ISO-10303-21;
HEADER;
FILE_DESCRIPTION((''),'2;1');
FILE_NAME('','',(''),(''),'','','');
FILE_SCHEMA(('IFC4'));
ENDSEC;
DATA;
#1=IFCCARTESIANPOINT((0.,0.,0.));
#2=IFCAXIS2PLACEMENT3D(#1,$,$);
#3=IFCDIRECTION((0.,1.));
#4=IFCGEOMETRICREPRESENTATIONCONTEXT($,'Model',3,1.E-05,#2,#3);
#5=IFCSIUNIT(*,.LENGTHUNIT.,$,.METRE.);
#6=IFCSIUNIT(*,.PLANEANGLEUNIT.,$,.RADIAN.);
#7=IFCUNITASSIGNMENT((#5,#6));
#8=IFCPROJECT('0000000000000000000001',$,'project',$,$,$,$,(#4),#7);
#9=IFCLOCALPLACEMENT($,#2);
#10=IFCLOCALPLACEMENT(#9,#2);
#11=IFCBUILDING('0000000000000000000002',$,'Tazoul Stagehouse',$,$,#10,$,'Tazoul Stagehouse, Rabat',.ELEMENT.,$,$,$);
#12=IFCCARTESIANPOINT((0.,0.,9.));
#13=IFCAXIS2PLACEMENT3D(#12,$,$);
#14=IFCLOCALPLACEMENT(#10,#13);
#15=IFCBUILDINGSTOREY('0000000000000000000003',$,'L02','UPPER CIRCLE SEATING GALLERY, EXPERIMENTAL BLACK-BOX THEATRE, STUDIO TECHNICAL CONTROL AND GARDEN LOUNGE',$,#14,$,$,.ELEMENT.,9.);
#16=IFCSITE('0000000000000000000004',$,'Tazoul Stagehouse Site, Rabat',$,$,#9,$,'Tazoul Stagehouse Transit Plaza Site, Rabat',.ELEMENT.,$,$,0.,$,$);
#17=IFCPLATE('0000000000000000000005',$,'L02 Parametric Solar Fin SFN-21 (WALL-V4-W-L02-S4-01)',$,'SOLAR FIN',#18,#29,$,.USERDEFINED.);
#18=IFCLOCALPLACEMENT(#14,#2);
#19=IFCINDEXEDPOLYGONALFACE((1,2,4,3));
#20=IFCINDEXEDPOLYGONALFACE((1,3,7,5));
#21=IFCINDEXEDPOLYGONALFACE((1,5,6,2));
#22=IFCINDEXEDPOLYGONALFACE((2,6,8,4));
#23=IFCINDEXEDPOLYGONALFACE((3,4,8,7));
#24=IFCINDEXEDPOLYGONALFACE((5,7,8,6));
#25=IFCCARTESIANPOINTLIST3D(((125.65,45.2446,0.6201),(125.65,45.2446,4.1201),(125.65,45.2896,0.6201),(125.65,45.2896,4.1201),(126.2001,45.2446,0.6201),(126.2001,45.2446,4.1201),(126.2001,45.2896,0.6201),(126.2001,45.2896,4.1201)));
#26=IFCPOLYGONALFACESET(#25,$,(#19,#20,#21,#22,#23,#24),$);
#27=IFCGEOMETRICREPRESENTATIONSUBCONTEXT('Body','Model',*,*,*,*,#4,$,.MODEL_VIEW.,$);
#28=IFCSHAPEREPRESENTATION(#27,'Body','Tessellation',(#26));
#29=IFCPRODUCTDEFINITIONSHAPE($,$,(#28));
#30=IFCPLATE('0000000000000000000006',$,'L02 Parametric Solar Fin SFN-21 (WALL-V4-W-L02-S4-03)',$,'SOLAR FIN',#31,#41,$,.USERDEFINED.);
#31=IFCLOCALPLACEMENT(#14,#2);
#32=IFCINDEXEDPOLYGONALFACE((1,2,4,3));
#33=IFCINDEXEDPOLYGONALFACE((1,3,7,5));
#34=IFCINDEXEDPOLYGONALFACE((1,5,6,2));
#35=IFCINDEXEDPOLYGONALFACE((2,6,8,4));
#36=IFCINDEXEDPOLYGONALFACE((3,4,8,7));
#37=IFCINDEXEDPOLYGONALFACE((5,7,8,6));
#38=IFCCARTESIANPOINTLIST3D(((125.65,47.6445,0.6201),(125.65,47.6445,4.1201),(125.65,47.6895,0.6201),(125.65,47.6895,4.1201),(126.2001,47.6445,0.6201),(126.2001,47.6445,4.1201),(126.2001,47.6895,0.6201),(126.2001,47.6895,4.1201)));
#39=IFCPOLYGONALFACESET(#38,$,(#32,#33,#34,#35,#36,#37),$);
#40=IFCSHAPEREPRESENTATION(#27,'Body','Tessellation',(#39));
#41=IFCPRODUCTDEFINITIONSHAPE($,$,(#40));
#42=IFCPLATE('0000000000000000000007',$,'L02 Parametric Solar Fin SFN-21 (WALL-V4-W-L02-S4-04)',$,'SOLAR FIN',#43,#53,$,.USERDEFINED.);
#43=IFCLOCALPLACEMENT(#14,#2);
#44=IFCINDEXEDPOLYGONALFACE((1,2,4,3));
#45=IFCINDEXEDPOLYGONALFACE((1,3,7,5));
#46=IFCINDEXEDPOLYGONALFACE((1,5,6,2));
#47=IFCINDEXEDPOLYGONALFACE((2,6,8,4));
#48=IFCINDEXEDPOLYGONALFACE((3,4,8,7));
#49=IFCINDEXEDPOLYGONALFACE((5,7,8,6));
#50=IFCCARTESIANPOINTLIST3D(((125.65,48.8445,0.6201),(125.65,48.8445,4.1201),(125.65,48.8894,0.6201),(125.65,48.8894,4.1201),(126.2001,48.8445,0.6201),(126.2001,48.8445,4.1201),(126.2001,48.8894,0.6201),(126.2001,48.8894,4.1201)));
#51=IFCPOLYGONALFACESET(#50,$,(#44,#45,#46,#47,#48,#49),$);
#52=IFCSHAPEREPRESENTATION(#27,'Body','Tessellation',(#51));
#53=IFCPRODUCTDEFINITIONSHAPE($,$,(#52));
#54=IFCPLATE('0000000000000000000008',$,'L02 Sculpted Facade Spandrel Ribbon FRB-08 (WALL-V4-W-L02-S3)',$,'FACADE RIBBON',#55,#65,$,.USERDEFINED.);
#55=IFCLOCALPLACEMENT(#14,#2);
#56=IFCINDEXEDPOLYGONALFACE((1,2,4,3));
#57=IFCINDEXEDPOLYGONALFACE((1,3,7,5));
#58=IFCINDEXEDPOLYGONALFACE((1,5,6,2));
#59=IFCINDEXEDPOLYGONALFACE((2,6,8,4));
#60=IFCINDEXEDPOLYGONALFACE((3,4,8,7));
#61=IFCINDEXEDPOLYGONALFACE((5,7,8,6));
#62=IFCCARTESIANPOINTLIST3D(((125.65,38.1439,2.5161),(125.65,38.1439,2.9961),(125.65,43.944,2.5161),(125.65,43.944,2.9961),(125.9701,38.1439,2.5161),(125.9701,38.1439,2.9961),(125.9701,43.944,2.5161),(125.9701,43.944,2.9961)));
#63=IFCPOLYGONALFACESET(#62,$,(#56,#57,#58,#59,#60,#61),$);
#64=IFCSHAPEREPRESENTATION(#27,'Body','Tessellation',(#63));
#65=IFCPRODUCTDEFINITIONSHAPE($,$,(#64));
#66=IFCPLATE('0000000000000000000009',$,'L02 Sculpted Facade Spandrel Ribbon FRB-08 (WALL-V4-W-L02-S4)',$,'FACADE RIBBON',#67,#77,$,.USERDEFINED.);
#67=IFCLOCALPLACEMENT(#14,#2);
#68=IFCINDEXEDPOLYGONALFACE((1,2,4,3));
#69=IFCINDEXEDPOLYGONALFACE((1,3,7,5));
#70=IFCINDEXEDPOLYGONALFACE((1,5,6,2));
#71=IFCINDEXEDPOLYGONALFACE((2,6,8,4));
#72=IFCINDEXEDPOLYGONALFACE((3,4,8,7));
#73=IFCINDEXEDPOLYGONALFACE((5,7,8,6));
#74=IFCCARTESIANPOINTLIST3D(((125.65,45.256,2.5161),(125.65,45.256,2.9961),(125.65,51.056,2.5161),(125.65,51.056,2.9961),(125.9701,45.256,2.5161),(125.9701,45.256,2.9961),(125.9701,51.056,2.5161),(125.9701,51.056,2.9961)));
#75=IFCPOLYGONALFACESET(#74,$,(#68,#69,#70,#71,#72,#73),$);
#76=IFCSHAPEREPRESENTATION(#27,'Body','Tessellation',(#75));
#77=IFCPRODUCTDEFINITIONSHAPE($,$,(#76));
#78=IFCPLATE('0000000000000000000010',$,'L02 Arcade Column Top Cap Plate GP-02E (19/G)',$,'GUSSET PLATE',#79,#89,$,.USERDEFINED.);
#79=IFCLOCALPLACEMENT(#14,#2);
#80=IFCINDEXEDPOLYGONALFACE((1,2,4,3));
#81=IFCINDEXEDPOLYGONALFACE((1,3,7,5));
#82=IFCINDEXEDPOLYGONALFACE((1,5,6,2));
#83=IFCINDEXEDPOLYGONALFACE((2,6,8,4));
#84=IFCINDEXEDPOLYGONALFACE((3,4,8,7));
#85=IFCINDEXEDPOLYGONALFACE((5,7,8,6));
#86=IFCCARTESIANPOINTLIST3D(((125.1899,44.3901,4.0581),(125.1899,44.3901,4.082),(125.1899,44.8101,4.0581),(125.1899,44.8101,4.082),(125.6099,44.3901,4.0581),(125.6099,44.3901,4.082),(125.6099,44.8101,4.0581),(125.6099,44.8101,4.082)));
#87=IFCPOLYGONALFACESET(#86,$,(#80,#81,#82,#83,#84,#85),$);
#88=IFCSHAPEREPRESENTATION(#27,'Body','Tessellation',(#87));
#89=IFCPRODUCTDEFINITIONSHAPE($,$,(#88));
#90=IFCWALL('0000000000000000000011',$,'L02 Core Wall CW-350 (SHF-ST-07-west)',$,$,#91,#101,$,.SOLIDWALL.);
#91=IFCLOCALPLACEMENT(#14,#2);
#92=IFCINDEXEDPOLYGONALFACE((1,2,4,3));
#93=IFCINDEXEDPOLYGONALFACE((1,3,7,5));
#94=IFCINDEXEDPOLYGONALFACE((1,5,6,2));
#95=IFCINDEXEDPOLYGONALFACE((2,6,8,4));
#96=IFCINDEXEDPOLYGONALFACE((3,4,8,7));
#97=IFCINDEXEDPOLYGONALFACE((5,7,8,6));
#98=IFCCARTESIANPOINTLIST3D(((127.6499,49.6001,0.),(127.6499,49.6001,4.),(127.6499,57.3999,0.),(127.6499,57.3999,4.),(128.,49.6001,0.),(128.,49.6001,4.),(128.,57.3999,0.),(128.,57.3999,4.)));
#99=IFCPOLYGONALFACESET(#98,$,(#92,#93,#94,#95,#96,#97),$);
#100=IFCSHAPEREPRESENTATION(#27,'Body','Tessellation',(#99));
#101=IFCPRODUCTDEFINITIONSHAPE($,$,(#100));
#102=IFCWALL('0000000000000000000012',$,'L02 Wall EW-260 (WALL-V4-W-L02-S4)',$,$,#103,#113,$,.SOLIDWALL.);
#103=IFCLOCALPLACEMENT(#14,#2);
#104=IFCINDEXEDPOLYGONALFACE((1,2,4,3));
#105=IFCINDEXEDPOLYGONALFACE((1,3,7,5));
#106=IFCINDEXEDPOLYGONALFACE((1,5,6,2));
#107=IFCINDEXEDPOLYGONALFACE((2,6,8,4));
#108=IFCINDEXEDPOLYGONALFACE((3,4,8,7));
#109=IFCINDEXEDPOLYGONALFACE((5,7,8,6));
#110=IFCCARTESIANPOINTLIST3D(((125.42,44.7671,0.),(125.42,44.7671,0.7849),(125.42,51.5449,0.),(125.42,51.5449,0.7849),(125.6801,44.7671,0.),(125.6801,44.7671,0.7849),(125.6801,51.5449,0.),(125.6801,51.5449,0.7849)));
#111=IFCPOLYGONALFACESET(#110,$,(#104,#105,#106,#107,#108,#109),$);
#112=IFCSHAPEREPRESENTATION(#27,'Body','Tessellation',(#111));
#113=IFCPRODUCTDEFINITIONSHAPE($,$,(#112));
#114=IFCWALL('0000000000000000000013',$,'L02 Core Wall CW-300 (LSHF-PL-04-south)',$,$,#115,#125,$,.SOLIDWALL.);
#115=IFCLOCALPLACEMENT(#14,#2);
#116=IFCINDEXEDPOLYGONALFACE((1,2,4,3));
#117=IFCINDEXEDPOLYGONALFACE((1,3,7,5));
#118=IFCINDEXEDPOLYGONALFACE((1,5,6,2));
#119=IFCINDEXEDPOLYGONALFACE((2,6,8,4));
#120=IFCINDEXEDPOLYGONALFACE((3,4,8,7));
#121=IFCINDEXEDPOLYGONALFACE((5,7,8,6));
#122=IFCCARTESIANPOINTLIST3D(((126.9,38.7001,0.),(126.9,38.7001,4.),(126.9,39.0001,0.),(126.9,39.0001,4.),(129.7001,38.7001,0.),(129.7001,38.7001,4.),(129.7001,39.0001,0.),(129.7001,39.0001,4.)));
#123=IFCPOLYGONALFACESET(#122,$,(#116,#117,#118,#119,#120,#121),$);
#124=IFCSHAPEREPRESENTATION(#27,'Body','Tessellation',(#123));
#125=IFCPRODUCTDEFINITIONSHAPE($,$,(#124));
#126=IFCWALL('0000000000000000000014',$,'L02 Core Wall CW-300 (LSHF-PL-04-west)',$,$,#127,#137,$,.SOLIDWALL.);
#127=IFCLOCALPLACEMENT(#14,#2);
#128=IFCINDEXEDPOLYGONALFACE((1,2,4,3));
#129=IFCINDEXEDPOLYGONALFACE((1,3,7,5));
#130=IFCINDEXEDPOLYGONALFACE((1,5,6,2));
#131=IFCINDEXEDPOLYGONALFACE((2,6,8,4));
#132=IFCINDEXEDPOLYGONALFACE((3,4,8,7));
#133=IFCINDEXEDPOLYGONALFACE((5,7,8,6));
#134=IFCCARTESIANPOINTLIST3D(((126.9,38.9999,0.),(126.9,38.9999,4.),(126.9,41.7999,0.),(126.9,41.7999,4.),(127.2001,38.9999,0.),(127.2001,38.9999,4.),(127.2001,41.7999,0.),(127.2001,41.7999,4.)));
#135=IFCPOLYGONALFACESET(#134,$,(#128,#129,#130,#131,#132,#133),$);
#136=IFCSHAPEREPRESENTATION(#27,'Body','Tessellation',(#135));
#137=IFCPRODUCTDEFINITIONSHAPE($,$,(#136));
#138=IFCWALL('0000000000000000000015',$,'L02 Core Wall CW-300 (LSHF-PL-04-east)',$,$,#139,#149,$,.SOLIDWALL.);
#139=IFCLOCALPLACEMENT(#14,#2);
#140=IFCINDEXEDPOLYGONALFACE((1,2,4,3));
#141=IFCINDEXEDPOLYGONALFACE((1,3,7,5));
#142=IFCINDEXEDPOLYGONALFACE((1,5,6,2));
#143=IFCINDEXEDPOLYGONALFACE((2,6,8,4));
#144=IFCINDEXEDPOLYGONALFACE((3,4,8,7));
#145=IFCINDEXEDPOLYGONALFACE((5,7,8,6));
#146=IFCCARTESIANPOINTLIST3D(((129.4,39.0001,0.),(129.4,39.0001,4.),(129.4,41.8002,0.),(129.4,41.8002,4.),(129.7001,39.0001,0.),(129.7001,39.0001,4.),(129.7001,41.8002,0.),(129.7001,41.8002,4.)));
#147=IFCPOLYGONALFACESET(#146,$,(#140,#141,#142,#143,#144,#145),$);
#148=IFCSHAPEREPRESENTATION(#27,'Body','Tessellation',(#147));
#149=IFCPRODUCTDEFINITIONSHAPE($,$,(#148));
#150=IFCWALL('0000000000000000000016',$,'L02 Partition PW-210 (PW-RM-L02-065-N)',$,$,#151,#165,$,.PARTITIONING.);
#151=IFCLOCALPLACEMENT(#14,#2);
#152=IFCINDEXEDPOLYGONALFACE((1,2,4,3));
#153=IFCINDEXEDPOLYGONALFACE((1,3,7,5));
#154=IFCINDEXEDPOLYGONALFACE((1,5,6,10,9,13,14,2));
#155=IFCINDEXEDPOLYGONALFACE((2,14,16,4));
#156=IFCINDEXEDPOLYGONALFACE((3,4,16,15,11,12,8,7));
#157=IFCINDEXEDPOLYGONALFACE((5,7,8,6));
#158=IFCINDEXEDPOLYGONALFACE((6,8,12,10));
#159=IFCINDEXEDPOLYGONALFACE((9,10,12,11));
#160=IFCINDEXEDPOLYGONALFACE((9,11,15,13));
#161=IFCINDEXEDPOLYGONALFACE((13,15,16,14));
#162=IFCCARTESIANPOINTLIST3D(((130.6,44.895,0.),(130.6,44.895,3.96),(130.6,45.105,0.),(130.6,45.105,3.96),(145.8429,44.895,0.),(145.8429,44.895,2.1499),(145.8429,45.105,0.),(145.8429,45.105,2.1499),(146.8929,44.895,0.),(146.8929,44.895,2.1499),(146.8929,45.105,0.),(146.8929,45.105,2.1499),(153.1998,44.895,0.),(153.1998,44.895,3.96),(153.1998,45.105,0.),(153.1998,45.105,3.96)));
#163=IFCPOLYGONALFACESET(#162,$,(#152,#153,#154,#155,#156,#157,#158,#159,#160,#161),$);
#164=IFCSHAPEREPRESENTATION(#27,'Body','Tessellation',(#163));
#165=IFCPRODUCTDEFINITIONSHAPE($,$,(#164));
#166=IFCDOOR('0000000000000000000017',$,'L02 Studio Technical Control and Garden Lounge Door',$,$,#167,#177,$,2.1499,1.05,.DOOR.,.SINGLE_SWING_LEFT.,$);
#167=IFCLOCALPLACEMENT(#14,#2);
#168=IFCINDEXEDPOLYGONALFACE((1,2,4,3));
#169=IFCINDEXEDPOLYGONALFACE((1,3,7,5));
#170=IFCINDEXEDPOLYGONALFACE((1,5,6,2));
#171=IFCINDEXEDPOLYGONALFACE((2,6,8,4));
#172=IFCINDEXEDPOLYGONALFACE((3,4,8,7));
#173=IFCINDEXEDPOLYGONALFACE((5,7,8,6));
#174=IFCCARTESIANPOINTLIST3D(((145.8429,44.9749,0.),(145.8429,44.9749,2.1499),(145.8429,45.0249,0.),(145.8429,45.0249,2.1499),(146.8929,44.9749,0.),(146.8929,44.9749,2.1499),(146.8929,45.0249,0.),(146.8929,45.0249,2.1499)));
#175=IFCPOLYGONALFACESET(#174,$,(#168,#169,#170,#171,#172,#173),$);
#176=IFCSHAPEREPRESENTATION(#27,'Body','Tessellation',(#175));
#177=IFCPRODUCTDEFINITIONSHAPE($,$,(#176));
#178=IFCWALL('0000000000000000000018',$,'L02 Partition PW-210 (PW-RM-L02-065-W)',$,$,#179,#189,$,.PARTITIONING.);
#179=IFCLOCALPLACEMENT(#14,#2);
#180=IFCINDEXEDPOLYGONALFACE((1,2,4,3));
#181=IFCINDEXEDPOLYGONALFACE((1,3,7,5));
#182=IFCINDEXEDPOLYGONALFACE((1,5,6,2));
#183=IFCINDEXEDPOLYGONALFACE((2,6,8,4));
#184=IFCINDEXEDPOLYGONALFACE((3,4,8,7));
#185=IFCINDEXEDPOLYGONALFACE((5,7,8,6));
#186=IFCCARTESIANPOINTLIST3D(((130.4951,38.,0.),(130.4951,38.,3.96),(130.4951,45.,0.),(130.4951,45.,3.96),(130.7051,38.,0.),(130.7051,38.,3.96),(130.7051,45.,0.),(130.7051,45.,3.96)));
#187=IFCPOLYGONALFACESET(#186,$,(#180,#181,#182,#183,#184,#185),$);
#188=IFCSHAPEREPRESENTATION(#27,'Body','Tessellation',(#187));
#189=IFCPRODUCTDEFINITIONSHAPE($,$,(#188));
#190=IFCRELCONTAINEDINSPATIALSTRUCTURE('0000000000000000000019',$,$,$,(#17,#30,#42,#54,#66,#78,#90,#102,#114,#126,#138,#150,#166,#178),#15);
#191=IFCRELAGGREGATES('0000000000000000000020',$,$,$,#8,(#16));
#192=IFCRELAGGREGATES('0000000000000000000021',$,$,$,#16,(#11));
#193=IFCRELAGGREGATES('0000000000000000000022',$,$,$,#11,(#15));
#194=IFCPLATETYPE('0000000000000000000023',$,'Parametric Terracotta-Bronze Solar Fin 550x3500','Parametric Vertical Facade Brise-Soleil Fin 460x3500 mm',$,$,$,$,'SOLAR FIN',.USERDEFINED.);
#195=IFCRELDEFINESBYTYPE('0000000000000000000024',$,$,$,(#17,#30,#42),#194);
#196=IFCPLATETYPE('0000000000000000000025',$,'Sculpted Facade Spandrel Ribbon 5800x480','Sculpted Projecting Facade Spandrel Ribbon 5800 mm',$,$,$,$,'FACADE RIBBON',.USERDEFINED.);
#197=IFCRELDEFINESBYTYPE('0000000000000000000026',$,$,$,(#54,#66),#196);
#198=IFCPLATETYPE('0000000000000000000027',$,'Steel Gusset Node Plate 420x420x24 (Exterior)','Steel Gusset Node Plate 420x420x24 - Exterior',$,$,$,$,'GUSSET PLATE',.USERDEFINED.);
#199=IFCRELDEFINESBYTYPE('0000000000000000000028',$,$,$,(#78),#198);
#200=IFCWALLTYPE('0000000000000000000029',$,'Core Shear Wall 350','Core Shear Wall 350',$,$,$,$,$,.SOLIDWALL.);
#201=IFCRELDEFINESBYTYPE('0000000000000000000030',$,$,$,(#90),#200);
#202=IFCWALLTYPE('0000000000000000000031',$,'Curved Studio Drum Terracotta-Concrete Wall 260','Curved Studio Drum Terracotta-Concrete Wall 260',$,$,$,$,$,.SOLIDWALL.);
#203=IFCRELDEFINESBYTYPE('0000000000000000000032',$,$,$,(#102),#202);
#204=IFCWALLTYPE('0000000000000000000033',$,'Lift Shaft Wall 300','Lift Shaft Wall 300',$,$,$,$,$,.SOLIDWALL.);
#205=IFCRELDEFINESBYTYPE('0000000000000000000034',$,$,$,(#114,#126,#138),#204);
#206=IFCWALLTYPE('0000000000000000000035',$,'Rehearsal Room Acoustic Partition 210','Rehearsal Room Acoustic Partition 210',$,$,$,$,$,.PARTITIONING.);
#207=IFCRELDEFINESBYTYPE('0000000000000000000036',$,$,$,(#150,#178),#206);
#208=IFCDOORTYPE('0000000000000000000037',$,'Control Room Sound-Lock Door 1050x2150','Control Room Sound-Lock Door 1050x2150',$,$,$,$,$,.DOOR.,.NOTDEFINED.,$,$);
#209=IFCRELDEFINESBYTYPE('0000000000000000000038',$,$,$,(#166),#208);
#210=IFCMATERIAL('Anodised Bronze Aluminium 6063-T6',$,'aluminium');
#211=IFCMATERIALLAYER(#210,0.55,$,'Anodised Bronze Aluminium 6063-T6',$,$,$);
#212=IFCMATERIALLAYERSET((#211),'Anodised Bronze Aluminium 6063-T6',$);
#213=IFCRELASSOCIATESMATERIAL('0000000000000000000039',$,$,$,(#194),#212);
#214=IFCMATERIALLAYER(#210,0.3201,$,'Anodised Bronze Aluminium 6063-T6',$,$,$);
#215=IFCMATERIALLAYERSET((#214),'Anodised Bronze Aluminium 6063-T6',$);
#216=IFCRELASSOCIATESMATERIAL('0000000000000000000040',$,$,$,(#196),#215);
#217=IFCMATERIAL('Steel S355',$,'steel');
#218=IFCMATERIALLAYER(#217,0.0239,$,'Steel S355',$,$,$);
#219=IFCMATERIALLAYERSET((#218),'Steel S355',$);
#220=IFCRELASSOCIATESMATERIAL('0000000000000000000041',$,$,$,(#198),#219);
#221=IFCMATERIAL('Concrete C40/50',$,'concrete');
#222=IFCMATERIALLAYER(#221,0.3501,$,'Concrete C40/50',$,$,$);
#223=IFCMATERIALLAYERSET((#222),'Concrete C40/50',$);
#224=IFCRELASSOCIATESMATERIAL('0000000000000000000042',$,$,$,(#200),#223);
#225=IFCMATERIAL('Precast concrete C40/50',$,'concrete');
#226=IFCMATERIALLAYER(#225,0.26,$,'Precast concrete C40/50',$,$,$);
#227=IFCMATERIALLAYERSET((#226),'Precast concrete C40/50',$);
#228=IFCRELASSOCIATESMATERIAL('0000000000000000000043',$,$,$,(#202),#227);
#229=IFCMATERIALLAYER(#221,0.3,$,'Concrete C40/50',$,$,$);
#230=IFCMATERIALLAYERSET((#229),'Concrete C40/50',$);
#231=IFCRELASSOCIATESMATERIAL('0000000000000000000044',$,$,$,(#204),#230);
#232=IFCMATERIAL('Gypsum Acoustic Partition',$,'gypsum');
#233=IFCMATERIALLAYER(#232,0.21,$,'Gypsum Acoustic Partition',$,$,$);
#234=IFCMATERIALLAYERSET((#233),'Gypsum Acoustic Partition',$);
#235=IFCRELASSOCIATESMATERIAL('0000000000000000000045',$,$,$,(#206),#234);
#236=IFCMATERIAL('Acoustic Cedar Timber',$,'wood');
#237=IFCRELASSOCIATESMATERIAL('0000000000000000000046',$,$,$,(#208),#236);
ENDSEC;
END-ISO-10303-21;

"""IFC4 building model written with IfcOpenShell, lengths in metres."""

from ifc_helpers import new_model, si_unit, direction, frame, frame_2d, origin, origin_2d, place, context, subcontext, project, spatial, rectangle, extrude, material, layer, layer_set, type_object, element, fill, save


model = new_model("IFC4")

# Units and contexts
model_context = context("Model", 3, precision=1e-05, world=origin(), true_north=direction((0.0, 1.0)))
body_context = subcontext(model_context, "Body", "Model", "MODEL_VIEW")
ifc_project = project(units=[si_unit("LENGTHUNIT", "METRE"), si_unit("PLANEANGLEUNIT", "RADIAN")], contexts=[model_context])

# Site, building, storey
site_placement = place(None, origin())
site = spatial("IfcSite", under=ifc_project, at=site_placement, Name="Tazoul Stagehouse Site, Rabat", LongName="Tazoul Stagehouse Transit Plaza Site, Rabat", CompositionType="ELEMENT", RefElevation=0.0)
building_placement = place(site_placement, origin())
building = spatial("IfcBuilding", under=site, at=building_placement, Name="Tazoul Stagehouse", LongName="Tazoul Stagehouse, Rabat", CompositionType="ELEMENT")
storey_placement = place(building_placement, frame((0.0, 0.0, 9.0)))
storey = spatial("IfcBuildingStorey", under=building, at=storey_placement, Name="L02", Description="UPPER CIRCLE SEATING GALLERY, EXPERIMENTAL BLACK-BOX THEATRE, STUDIO TECHNICAL CONTROL AND GARDEN LOUNGE", CompositionType="ELEMENT", Elevation=9.0)

# Shared definitions
ifc_material_1 = material(Name="Concrete C40/50", Category="concrete")
ifc_material_2 = material(Name="Steel S355", Category="steel")

# Plates
ifc_material_3 = material(Name="Anodised Bronze Aluminium 6063-T6", Category="aluminium")
ifc_layer_1 = layer(ifc_material_3, 0.55, Name="Anodised Bronze Aluminium 6063-T6")
ifc_layer_set_1 = layer_set([ifc_layer_1], Name="Anodised Bronze Aluminium 6063-T6")
plate_type_1 = type_object("IfcPlateType", Name="Parametric Terracotta-Bronze Solar Fin 550x3500", Description="Parametric Vertical Facade Brise-Soleil Fin 460x3500 mm", ElementType="SOLAR FIN", PredefinedType="USERDEFINED", material=ifc_layer_set_1)
for number, where, z_axis, x_axis, name in (
    (1, (125.925, 45.2671, 0.6201), (0.0, 0.0, 1.0), (0.0, 1.0, 0.0), "L02 Parametric Solar Fin SFN-21 (WALL-V4-W-L02-S4-01)"),
    (2, (125.925, 47.667, 0.6201), (0.0, 0.0, 1.0), (0.0, 1.0, 0.0), "L02 Parametric Solar Fin SFN-21 (WALL-V4-W-L02-S4-03)"),
    (3, (125.925, 48.8669, 0.6201), (0.0, 0.0, 1.0), (0.0, 1.0, 0.0), "L02 Parametric Solar Fin SFN-21 (WALL-V4-W-L02-S4-04)"),
):
    element("IfcPlate", number, at=place(storey_placement, frame(where, z_axis=z_axis, x_axis=x_axis)), inside=storey, type_object=plate_type_1, Name=name, ObjectType="SOLAR FIN", PredefinedType="USERDEFINED", context=body_context, shape_type="SweptSolid", body=[
        extrude(rectangle(XDim=0.0449, YDim=0.55, at=origin_2d()), origin(), (0.0, 0.0, 1.0), 3.5),
    ])
ifc_layer_2 = layer(ifc_material_3, 0.3201, Name="Anodised Bronze Aluminium 6063-T6")
ifc_layer_set_2 = layer_set([ifc_layer_2], Name="Anodised Bronze Aluminium 6063-T6")
plate_type_2 = type_object("IfcPlateType", Name="Sculpted Facade Spandrel Ribbon 5800x480", Description="Sculpted Projecting Facade Spandrel Ribbon 5800 mm", ElementType="FACADE RIBBON", PredefinedType="USERDEFINED", material=ifc_layer_set_2)
for number, where, z_axis, x_axis, name in (
    (4, (125.8101, 41.0439, 2.5161), (0.0, 0.0, 1.0), (0.0, 1.0, 0.0), "L02 Sculpted Facade Spandrel Ribbon FRB-08 (WALL-V4-W-L02-S3)"),
    (5, (125.8101, 48.156, 2.5161), (0.0, 0.0, 1.0), (0.0, 1.0, 0.0), "L02 Sculpted Facade Spandrel Ribbon FRB-08 (WALL-V4-W-L02-S4)"),
):
    element("IfcPlate", number, at=place(storey_placement, frame(where, z_axis=z_axis, x_axis=x_axis)), inside=storey, type_object=plate_type_2, Name=name, ObjectType="FACADE RIBBON", PredefinedType="USERDEFINED", context=body_context, shape_type="SweptSolid", body=[
        extrude(rectangle(XDim=5.8, YDim=0.3201, at=origin_2d()), origin(), (0.0, 0.0, 1.0), 0.48),
    ])
ifc_layer_3 = layer(ifc_material_2, 0.0239, Name="Steel S355")
ifc_layer_set_3 = layer_set([ifc_layer_3], Name="Steel S355")
plate_type_3 = type_object("IfcPlateType", Name="Steel Gusset Node Plate 420x420x24 (Exterior)", Description="Steel Gusset Node Plate 420x420x24 - Exterior", ElementType="GUSSET PLATE", PredefinedType="USERDEFINED", material=ifc_layer_set_3)
plate_placement = place(storey_placement, frame((125.3999, 44.6001, 4.0581), z_axis=(0.0, 0.0, 1.0), x_axis=(1.0, 0.0, 0.0)))
element("IfcPlate", 6, at=plate_placement, inside=storey, type_object=plate_type_3, Name="L02 Arcade Column Top Cap Plate GP-02E (19/G)", ObjectType="GUSSET PLATE", PredefinedType="USERDEFINED", context=body_context, shape_type="SweptSolid", body=[
    extrude(rectangle(XDim=0.4199, YDim=0.4199, at=origin_2d()), origin(), (0.0, 0.0, 1.0), 0.0239),
])

# Shared definitions
ifc_layer_4 = layer(ifc_material_1, 0.3501, Name="Concrete C40/50")
ifc_layer_set_4 = layer_set([ifc_layer_4], Name="Concrete C40/50")
wall_type_1 = type_object("IfcWallType", Name="Core Shear Wall 350", Description="Core Shear Wall 350", PredefinedType="SOLIDWALL", material=ifc_layer_set_4)

# Walls
wall_1_placement = place(storey_placement, frame((127.825, 49.6001, 0.0), z_axis=(0.0, 0.0, 1.0), x_axis=(0.0, 1.0, 0.0)))
element("IfcWall", 7, at=wall_1_placement, inside=storey, type_object=wall_type_1, Name="L02 Core Wall CW-350 (SHF-ST-07-west)", PredefinedType="SOLIDWALL", context=body_context, shape_type="SweptSolid", body=[
    extrude(rectangle(XDim=7.7998, YDim=0.3501, at=frame_2d((3.8999, 0.0))), origin(), (0.0, 0.0, 1.0), 4.0),
])
ifc_material_4 = material(Name="Precast concrete C40/50", Category="concrete")
ifc_layer_5 = layer(ifc_material_4, 0.26, Name="Precast concrete C40/50")
ifc_layer_set_5 = layer_set([ifc_layer_5], Name="Precast concrete C40/50")
wall_type_2 = type_object("IfcWallType", Name="Curved Studio Drum Terracotta-Concrete Wall 260", Description="Curved Studio Drum Terracotta-Concrete Wall 260", PredefinedType="SOLIDWALL", material=ifc_layer_set_5)
wall_2_placement = place(storey_placement, frame((125.55, 44.7671, 0.0), z_axis=(0.0, 0.0, 1.0), x_axis=(0.0, 1.0, 0.0)))
element("IfcWall", 8, at=wall_2_placement, inside=storey, type_object=wall_type_2, Name="L02 Wall EW-260 (WALL-V4-W-L02-S4)", PredefinedType="SOLIDWALL", context=body_context, shape_type="SweptSolid", body=[
    extrude(rectangle(XDim=6.7778, YDim=0.26, at=frame_2d((3.3889, 0.0))), origin(), (0.0, 0.0, 1.0), 0.7849),
])
ifc_layer_6 = layer(ifc_material_1, 0.3, Name="Concrete C40/50")
ifc_layer_set_6 = layer_set([ifc_layer_6], Name="Concrete C40/50")
wall_type_3 = type_object("IfcWallType", Name="Lift Shaft Wall 300", Description="Lift Shaft Wall 300", PredefinedType="SOLIDWALL", material=ifc_layer_set_6)
for number, where, z_axis, x_axis, name in (
    (9, (129.7, 38.8501, 0.0), (0.0, 0.0, 1.0), (-1.0, 0.0, 0.0), "L02 Core Wall CW-300 (LSHF-PL-04-south)"),
    (10, (127.05, 39.0, 0.0), (0.0, 0.0, 1.0), (0.0, 1.0, 0.0), "L02 Core Wall CW-300 (LSHF-PL-04-west)"),
):
    element("IfcWall", number, at=place(storey_placement, frame(where, z_axis=z_axis, x_axis=x_axis)), inside=storey, type_object=wall_type_3, Name=name, PredefinedType="SOLIDWALL", context=body_context, shape_type="SweptSolid", body=[
        extrude(rectangle(XDim=2.8, YDim=0.3, at=frame_2d((1.3999, 0.0))), origin(), (0.0, 0.0, 1.0), 4.0),
    ])

# Wall
wall_3_placement = place(storey_placement, frame((129.55, 41.8, 0.0), z_axis=(0.0, 0.0, 1.0), x_axis=(0.0, -1.0, 0.0)))
element("IfcWall", 11, at=wall_3_placement, inside=storey, type_object=wall_type_3, Name="L02 Core Wall CW-300 (LSHF-PL-04-east)", PredefinedType="SOLIDWALL", context=body_context, shape_type="SweptSolid", body=[
    extrude(rectangle(XDim=2.8, YDim=0.3, at=frame_2d((1.3999, 0.0))), origin(), (0.0, 0.0, 1.0), 4.0),
])

# Wall, opening, door
ifc_material_5 = material(Name="Gypsum Acoustic Partition", Category="gypsum")
ifc_layer_7 = layer(ifc_material_5, 0.21, Name="Gypsum Acoustic Partition")
ifc_layer_set_7 = layer_set([ifc_layer_7], Name="Gypsum Acoustic Partition")
wall_type_4 = type_object("IfcWallType", Name="Rehearsal Room Acoustic Partition 210", Description="Rehearsal Room Acoustic Partition 210", PredefinedType="PARTITIONING", material=ifc_layer_set_7)
wall_4_placement = place(storey_placement, frame((130.6001, 45.0, 0.0), z_axis=(0.0, 0.0, 1.0), x_axis=(1.0, 0.0, 0.0)))
wall_4 = element("IfcWall", 12, at=wall_4_placement, inside=storey, type_object=wall_type_4, Name="L02 Partition PW-210 (PW-RM-L02-065-N)", PredefinedType="PARTITIONING", context=body_context, shape_type="SweptSolid", body=[
    extrude(rectangle(XDim=22.5999, YDim=0.21, at=frame_2d((11.2998, 0.0))), origin(), (0.0, 0.0, 1.0), 3.96),
])
opening_1_placement = place(wall_4_placement, frame((15.2429, 0.0, 0.0)))
opening_1 = element("IfcOpeningElement", 13, at=opening_1_placement, cuts=wall_4, PredefinedType="OPENING", context=body_context, shape_type="SweptSolid", body=[
    extrude(rectangle(XDim=1.05, YDim=2.1499, at=frame_2d((0.5249, 1.075))), frame((0.0, 0.125, 0.0), z_axis=(0.0, -1.0, 0.0), x_axis=(1.0, 0.0, 0.0)), (0.0, 0.0, 1.0), 0.25),
])
ifc_material_6 = material(Name="Acoustic Cedar Timber", Category="wood")
door_type_1 = type_object("IfcDoorType", Name="Control Room Sound-Lock Door 1050x2150", Description="Control Room Sound-Lock Door 1050x2150", OperationType="NOTDEFINED", PredefinedType="DOOR", material=ifc_material_6)
door_1_placement = place(opening_1_placement, origin())
door_1 = element("IfcDoor", 14, at=door_1_placement, inside=storey, type_object=door_type_1, Name="L02 Studio Technical Control and Garden Lounge Door", OperationType="SINGLE_SWING_LEFT", OverallHeight=2.1499, OverallWidth=1.05, PredefinedType="DOOR", context=body_context, shape_type="SweptSolid", body=[
    extrude(rectangle(XDim=1.05, YDim=2.1499, at=frame_2d((0.5249, 1.075))), frame((0.0, 0.0249, 0.0), z_axis=(0.0, -1.0, 0.0), x_axis=(1.0, 0.0, 0.0)), (0.0, 0.0, 1.0), 0.05),
])
fill(opening_1, door_1)

# Wall
wall_5_placement = place(storey_placement, frame((130.6001, 38.0, 0.0), z_axis=(0.0, 0.0, 1.0), x_axis=(0.0, 1.0, 0.0)))
element("IfcWall", 15, at=wall_5_placement, inside=storey, type_object=wall_type_4, Name="L02 Partition PW-210 (PW-RM-L02-065-W)", PredefinedType="PARTITIONING", context=body_context, shape_type="SweptSolid", body=[
    extrude(rectangle(XDim=7.0, YDim=0.21, at=frame_2d((3.5, 0.0))), origin(), (0.0, 0.0, 1.0), 3.96),
])

save(model, "model.ifc")
